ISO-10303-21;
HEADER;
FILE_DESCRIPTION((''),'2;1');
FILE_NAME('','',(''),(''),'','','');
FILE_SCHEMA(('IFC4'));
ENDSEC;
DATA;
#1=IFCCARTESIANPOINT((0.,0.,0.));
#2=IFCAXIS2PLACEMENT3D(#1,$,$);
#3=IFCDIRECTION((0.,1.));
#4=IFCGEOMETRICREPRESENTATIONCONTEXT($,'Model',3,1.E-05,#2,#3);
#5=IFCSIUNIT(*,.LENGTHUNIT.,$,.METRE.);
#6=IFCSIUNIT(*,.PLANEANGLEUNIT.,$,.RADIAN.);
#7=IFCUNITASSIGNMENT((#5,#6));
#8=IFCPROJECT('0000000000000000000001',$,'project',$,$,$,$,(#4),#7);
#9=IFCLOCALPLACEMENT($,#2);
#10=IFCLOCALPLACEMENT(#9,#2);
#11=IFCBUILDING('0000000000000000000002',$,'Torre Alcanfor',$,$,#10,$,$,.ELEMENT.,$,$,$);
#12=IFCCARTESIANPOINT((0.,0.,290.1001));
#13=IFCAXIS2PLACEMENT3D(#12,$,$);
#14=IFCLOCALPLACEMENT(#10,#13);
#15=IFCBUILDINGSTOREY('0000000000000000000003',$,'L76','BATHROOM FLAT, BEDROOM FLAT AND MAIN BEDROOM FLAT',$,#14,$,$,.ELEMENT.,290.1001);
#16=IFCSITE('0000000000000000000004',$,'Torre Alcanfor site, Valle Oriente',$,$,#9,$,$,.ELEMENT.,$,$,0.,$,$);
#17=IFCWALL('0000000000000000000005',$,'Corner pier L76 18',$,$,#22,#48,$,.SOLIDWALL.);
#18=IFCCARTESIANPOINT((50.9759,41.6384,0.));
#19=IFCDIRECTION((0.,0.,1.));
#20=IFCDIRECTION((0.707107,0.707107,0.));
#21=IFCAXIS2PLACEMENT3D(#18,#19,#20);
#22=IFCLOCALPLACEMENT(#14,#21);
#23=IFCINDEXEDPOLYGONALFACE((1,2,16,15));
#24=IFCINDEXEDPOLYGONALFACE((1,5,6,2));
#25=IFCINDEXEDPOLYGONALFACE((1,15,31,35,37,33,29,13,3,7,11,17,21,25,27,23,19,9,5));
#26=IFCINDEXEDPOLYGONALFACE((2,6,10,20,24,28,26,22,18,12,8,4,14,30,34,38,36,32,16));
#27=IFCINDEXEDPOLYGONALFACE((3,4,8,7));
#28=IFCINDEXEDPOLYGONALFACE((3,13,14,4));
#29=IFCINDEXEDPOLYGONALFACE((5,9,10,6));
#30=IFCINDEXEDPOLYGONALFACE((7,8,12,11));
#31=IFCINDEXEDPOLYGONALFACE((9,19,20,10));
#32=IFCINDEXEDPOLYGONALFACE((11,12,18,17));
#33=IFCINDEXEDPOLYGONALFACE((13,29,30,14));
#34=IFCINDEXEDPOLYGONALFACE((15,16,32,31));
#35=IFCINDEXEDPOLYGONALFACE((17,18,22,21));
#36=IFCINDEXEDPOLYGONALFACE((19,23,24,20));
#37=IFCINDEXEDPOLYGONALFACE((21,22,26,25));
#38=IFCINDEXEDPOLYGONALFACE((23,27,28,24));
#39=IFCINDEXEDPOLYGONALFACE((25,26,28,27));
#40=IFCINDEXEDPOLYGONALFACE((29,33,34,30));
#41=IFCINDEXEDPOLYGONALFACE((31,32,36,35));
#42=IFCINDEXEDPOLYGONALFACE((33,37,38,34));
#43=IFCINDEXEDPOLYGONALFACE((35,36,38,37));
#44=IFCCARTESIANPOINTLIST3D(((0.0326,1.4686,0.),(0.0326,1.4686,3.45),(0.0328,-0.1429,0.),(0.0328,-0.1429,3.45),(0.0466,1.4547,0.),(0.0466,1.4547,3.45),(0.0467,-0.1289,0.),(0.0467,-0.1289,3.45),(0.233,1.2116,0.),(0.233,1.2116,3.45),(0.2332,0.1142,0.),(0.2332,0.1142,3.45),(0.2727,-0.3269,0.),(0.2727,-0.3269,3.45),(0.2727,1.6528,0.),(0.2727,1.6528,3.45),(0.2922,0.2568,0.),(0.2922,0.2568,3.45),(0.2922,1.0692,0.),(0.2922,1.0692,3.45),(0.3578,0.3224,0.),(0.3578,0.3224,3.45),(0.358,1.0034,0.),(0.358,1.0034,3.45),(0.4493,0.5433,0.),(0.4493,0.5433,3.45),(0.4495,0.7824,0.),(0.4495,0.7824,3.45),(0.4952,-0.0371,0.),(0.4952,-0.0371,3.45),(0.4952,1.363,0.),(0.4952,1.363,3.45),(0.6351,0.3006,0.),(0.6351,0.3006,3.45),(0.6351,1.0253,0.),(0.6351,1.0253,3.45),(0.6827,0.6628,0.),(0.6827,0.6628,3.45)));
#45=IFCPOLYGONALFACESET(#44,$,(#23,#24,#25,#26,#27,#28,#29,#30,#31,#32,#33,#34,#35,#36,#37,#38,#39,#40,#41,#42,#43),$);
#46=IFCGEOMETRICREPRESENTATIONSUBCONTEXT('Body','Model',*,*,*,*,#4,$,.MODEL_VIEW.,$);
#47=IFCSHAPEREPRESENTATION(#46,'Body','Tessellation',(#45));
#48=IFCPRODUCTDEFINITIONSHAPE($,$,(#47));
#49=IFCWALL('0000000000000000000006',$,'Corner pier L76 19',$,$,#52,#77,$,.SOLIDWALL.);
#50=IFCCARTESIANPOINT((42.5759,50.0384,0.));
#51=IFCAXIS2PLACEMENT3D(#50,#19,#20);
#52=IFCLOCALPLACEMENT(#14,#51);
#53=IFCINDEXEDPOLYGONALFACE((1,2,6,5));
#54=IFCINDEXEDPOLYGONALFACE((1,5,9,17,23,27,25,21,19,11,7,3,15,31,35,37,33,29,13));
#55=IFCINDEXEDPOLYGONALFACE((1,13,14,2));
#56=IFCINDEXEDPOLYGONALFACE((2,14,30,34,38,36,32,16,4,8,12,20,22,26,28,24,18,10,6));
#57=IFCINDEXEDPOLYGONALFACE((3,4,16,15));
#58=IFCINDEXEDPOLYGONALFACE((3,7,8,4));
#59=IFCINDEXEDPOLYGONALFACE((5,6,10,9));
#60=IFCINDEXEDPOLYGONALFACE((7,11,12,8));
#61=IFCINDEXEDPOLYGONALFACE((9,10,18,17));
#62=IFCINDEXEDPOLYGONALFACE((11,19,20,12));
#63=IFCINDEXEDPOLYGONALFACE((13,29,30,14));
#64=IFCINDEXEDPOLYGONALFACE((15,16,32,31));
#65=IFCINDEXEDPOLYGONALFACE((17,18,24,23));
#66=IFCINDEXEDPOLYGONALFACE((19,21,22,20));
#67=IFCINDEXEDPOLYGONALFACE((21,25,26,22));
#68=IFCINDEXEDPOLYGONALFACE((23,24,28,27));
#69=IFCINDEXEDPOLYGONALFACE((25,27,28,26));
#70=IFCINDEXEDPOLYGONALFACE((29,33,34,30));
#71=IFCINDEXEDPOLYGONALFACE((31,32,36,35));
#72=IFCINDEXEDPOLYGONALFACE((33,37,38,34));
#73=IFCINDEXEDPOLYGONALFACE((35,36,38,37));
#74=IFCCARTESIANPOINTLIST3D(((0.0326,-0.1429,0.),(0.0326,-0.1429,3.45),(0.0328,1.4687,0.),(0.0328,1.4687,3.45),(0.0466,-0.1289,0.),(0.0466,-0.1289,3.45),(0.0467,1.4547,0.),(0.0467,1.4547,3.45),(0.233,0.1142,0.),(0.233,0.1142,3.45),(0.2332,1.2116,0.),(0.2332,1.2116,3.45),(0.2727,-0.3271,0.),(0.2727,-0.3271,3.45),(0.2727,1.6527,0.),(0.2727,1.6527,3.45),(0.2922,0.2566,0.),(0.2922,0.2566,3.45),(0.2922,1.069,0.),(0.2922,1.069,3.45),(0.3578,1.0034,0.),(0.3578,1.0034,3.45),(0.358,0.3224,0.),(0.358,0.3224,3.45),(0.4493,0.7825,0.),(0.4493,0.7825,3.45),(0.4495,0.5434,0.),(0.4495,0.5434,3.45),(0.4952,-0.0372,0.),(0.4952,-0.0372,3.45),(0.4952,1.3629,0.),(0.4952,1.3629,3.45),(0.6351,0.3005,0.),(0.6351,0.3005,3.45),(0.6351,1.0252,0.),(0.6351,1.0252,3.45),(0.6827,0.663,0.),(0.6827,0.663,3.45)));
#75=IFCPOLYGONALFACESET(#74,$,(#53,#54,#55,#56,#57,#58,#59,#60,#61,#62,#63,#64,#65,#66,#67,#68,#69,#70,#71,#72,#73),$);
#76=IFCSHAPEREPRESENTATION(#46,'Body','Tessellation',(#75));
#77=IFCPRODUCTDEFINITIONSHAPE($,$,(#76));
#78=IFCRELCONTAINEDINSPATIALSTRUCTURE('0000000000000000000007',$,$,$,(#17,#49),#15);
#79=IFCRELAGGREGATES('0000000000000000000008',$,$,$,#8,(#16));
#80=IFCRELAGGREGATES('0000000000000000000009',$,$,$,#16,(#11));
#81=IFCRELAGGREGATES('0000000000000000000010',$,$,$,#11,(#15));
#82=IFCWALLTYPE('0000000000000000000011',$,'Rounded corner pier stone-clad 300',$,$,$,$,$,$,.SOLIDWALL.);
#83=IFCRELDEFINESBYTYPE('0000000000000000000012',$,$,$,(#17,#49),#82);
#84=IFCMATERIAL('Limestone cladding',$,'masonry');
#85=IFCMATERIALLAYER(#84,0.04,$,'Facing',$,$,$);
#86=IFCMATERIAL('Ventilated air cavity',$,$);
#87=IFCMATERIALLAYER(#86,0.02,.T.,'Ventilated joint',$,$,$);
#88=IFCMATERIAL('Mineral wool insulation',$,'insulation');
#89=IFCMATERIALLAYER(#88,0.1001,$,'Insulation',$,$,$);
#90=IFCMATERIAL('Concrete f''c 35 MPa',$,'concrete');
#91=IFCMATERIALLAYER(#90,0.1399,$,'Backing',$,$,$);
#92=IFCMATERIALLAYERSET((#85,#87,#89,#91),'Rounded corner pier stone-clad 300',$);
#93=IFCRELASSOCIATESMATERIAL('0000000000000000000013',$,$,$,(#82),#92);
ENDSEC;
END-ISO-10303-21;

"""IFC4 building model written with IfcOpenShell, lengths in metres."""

from ifc_helpers import new_model, si_unit, direction, frame, origin, place, context, subcontext, project, spatial, polyline, outline, extrude, material, layer, layer_set, type_object, element, save


model = new_model("IFC4")

# Units and contexts
model_context = context("Model", 3, precision=1e-05, world=origin(), true_north=direction((0.0, 1.0)))
body_context = subcontext(model_context, "Body", "Model", "MODEL_VIEW")
ifc_project = project(units=[si_unit("LENGTHUNIT", "METRE"), si_unit("PLANEANGLEUNIT", "RADIAN")], contexts=[model_context])

# Site, building, storey
site_placement = place(None, origin())
site = spatial("IfcSite", under=ifc_project, at=site_placement, Name="Torre Alcanfor site, Valle Oriente", CompositionType="ELEMENT", RefElevation=0.0)
building_placement = place(site_placement, origin())
building = spatial("IfcBuilding", under=site, at=building_placement, Name="Torre Alcanfor", CompositionType="ELEMENT")
storey_placement = place(building_placement, frame((0.0, 0.0, 290.1001)))
storey = spatial("IfcBuildingStorey", under=building, at=storey_placement, Name="L76", Description="BATHROOM FLAT, BEDROOM FLAT AND MAIN BEDROOM FLAT", CompositionType="ELEMENT", Elevation=290.1001)

# Shared definitions
ifc_material_1 = material(Name="Limestone cladding", Category="masonry")
ifc_material_2 = material(Name="Ventilated air cavity")
ifc_material_3 = material(Name="Mineral wool insulation", Category="insulation")
ifc_material_4 = material(Name="Concrete f'c 35 MPa", Category="concrete")

# Walls
ifc_layer_1 = layer(ifc_material_1, 0.04, Name="Facing")
ifc_layer_2 = layer(ifc_material_2, 0.02, ventilated=True, Name="Ventilated joint")
ifc_layer_3 = layer(ifc_material_3, 0.1001, Name="Insulation")
ifc_layer_4 = layer(ifc_material_4, 0.1399, Name="Backing")
ifc_layer_set_1 = layer_set([ifc_layer_1, ifc_layer_2, ifc_layer_3, ifc_layer_4], Name="Rounded corner pier stone-clad 300")
wall_type_1 = type_object("IfcWallType", Name="Rounded corner pier stone-clad 300", PredefinedType="SOLIDWALL", material=ifc_layer_set_1)
wall_1_placement = place(storey_placement, frame((50.9759, 41.6384, 0.0), z_axis=(0.0, 0.0, 1.0), x_axis=(0.707107, 0.707107, 0.0)))
element("IfcWall", 1, at=wall_1_placement, inside=storey, type_object=wall_type_1, Name="Corner pier L76 18", PredefinedType="SOLIDWALL", context=body_context, shape_type="SweptSolid", body=[
    extrude(outline(polyline([(0.2332, 0.1142), (0.0467, -0.1289), (0.0328, -0.1429), (0.2727, -0.3269), (0.4952, -0.0371), (0.6351, 0.3006), (0.6827, 0.6628), (0.6351, 1.0253), (0.4952, 1.363), (0.2727, 1.6528), (0.0326, 1.4686), (0.0466, 1.4547), (0.233, 1.2116), (0.2922, 1.0692), (0.358, 1.0034), (0.4495, 0.7824), (0.4493, 0.5433), (0.3578, 0.3224), (0.2922, 0.2568), (0.2332, 0.1142)])), origin(), (0.0, 0.0, 1.0), 3.45),
])
wall_2_placement = place(storey_placement, frame((42.5759, 50.0384, 0.0), z_axis=(0.0, 0.0, 1.0), x_axis=(0.707107, 0.707107, 0.0)))
element("IfcWall", 2, at=wall_2_placement, inside=storey, type_object=wall_type_1, Name="Corner pier L76 19", PredefinedType="SOLIDWALL", context=body_context, shape_type="SweptSolid", body=[
    extrude(outline(polyline([(0.233, 0.1142), (0.0466, -0.1289), (0.0326, -0.1429), (0.2727, -0.3271), (0.4952, -0.0372), (0.6351, 0.3005), (0.6827, 0.663), (0.6351, 1.0252), (0.4952, 1.3629), (0.2727, 1.6527), (0.0328, 1.4687), (0.0467, 1.4547), (0.2332, 1.2116), (0.2922, 1.069), (0.3578, 1.0034), (0.4493, 0.7825), (0.4495, 0.5434), (0.358, 0.3224), (0.2922, 0.2566), (0.233, 0.1142)])), origin(), (0.0, 0.0, 1.0), 3.45),
])

save(model, "model.ifc")
